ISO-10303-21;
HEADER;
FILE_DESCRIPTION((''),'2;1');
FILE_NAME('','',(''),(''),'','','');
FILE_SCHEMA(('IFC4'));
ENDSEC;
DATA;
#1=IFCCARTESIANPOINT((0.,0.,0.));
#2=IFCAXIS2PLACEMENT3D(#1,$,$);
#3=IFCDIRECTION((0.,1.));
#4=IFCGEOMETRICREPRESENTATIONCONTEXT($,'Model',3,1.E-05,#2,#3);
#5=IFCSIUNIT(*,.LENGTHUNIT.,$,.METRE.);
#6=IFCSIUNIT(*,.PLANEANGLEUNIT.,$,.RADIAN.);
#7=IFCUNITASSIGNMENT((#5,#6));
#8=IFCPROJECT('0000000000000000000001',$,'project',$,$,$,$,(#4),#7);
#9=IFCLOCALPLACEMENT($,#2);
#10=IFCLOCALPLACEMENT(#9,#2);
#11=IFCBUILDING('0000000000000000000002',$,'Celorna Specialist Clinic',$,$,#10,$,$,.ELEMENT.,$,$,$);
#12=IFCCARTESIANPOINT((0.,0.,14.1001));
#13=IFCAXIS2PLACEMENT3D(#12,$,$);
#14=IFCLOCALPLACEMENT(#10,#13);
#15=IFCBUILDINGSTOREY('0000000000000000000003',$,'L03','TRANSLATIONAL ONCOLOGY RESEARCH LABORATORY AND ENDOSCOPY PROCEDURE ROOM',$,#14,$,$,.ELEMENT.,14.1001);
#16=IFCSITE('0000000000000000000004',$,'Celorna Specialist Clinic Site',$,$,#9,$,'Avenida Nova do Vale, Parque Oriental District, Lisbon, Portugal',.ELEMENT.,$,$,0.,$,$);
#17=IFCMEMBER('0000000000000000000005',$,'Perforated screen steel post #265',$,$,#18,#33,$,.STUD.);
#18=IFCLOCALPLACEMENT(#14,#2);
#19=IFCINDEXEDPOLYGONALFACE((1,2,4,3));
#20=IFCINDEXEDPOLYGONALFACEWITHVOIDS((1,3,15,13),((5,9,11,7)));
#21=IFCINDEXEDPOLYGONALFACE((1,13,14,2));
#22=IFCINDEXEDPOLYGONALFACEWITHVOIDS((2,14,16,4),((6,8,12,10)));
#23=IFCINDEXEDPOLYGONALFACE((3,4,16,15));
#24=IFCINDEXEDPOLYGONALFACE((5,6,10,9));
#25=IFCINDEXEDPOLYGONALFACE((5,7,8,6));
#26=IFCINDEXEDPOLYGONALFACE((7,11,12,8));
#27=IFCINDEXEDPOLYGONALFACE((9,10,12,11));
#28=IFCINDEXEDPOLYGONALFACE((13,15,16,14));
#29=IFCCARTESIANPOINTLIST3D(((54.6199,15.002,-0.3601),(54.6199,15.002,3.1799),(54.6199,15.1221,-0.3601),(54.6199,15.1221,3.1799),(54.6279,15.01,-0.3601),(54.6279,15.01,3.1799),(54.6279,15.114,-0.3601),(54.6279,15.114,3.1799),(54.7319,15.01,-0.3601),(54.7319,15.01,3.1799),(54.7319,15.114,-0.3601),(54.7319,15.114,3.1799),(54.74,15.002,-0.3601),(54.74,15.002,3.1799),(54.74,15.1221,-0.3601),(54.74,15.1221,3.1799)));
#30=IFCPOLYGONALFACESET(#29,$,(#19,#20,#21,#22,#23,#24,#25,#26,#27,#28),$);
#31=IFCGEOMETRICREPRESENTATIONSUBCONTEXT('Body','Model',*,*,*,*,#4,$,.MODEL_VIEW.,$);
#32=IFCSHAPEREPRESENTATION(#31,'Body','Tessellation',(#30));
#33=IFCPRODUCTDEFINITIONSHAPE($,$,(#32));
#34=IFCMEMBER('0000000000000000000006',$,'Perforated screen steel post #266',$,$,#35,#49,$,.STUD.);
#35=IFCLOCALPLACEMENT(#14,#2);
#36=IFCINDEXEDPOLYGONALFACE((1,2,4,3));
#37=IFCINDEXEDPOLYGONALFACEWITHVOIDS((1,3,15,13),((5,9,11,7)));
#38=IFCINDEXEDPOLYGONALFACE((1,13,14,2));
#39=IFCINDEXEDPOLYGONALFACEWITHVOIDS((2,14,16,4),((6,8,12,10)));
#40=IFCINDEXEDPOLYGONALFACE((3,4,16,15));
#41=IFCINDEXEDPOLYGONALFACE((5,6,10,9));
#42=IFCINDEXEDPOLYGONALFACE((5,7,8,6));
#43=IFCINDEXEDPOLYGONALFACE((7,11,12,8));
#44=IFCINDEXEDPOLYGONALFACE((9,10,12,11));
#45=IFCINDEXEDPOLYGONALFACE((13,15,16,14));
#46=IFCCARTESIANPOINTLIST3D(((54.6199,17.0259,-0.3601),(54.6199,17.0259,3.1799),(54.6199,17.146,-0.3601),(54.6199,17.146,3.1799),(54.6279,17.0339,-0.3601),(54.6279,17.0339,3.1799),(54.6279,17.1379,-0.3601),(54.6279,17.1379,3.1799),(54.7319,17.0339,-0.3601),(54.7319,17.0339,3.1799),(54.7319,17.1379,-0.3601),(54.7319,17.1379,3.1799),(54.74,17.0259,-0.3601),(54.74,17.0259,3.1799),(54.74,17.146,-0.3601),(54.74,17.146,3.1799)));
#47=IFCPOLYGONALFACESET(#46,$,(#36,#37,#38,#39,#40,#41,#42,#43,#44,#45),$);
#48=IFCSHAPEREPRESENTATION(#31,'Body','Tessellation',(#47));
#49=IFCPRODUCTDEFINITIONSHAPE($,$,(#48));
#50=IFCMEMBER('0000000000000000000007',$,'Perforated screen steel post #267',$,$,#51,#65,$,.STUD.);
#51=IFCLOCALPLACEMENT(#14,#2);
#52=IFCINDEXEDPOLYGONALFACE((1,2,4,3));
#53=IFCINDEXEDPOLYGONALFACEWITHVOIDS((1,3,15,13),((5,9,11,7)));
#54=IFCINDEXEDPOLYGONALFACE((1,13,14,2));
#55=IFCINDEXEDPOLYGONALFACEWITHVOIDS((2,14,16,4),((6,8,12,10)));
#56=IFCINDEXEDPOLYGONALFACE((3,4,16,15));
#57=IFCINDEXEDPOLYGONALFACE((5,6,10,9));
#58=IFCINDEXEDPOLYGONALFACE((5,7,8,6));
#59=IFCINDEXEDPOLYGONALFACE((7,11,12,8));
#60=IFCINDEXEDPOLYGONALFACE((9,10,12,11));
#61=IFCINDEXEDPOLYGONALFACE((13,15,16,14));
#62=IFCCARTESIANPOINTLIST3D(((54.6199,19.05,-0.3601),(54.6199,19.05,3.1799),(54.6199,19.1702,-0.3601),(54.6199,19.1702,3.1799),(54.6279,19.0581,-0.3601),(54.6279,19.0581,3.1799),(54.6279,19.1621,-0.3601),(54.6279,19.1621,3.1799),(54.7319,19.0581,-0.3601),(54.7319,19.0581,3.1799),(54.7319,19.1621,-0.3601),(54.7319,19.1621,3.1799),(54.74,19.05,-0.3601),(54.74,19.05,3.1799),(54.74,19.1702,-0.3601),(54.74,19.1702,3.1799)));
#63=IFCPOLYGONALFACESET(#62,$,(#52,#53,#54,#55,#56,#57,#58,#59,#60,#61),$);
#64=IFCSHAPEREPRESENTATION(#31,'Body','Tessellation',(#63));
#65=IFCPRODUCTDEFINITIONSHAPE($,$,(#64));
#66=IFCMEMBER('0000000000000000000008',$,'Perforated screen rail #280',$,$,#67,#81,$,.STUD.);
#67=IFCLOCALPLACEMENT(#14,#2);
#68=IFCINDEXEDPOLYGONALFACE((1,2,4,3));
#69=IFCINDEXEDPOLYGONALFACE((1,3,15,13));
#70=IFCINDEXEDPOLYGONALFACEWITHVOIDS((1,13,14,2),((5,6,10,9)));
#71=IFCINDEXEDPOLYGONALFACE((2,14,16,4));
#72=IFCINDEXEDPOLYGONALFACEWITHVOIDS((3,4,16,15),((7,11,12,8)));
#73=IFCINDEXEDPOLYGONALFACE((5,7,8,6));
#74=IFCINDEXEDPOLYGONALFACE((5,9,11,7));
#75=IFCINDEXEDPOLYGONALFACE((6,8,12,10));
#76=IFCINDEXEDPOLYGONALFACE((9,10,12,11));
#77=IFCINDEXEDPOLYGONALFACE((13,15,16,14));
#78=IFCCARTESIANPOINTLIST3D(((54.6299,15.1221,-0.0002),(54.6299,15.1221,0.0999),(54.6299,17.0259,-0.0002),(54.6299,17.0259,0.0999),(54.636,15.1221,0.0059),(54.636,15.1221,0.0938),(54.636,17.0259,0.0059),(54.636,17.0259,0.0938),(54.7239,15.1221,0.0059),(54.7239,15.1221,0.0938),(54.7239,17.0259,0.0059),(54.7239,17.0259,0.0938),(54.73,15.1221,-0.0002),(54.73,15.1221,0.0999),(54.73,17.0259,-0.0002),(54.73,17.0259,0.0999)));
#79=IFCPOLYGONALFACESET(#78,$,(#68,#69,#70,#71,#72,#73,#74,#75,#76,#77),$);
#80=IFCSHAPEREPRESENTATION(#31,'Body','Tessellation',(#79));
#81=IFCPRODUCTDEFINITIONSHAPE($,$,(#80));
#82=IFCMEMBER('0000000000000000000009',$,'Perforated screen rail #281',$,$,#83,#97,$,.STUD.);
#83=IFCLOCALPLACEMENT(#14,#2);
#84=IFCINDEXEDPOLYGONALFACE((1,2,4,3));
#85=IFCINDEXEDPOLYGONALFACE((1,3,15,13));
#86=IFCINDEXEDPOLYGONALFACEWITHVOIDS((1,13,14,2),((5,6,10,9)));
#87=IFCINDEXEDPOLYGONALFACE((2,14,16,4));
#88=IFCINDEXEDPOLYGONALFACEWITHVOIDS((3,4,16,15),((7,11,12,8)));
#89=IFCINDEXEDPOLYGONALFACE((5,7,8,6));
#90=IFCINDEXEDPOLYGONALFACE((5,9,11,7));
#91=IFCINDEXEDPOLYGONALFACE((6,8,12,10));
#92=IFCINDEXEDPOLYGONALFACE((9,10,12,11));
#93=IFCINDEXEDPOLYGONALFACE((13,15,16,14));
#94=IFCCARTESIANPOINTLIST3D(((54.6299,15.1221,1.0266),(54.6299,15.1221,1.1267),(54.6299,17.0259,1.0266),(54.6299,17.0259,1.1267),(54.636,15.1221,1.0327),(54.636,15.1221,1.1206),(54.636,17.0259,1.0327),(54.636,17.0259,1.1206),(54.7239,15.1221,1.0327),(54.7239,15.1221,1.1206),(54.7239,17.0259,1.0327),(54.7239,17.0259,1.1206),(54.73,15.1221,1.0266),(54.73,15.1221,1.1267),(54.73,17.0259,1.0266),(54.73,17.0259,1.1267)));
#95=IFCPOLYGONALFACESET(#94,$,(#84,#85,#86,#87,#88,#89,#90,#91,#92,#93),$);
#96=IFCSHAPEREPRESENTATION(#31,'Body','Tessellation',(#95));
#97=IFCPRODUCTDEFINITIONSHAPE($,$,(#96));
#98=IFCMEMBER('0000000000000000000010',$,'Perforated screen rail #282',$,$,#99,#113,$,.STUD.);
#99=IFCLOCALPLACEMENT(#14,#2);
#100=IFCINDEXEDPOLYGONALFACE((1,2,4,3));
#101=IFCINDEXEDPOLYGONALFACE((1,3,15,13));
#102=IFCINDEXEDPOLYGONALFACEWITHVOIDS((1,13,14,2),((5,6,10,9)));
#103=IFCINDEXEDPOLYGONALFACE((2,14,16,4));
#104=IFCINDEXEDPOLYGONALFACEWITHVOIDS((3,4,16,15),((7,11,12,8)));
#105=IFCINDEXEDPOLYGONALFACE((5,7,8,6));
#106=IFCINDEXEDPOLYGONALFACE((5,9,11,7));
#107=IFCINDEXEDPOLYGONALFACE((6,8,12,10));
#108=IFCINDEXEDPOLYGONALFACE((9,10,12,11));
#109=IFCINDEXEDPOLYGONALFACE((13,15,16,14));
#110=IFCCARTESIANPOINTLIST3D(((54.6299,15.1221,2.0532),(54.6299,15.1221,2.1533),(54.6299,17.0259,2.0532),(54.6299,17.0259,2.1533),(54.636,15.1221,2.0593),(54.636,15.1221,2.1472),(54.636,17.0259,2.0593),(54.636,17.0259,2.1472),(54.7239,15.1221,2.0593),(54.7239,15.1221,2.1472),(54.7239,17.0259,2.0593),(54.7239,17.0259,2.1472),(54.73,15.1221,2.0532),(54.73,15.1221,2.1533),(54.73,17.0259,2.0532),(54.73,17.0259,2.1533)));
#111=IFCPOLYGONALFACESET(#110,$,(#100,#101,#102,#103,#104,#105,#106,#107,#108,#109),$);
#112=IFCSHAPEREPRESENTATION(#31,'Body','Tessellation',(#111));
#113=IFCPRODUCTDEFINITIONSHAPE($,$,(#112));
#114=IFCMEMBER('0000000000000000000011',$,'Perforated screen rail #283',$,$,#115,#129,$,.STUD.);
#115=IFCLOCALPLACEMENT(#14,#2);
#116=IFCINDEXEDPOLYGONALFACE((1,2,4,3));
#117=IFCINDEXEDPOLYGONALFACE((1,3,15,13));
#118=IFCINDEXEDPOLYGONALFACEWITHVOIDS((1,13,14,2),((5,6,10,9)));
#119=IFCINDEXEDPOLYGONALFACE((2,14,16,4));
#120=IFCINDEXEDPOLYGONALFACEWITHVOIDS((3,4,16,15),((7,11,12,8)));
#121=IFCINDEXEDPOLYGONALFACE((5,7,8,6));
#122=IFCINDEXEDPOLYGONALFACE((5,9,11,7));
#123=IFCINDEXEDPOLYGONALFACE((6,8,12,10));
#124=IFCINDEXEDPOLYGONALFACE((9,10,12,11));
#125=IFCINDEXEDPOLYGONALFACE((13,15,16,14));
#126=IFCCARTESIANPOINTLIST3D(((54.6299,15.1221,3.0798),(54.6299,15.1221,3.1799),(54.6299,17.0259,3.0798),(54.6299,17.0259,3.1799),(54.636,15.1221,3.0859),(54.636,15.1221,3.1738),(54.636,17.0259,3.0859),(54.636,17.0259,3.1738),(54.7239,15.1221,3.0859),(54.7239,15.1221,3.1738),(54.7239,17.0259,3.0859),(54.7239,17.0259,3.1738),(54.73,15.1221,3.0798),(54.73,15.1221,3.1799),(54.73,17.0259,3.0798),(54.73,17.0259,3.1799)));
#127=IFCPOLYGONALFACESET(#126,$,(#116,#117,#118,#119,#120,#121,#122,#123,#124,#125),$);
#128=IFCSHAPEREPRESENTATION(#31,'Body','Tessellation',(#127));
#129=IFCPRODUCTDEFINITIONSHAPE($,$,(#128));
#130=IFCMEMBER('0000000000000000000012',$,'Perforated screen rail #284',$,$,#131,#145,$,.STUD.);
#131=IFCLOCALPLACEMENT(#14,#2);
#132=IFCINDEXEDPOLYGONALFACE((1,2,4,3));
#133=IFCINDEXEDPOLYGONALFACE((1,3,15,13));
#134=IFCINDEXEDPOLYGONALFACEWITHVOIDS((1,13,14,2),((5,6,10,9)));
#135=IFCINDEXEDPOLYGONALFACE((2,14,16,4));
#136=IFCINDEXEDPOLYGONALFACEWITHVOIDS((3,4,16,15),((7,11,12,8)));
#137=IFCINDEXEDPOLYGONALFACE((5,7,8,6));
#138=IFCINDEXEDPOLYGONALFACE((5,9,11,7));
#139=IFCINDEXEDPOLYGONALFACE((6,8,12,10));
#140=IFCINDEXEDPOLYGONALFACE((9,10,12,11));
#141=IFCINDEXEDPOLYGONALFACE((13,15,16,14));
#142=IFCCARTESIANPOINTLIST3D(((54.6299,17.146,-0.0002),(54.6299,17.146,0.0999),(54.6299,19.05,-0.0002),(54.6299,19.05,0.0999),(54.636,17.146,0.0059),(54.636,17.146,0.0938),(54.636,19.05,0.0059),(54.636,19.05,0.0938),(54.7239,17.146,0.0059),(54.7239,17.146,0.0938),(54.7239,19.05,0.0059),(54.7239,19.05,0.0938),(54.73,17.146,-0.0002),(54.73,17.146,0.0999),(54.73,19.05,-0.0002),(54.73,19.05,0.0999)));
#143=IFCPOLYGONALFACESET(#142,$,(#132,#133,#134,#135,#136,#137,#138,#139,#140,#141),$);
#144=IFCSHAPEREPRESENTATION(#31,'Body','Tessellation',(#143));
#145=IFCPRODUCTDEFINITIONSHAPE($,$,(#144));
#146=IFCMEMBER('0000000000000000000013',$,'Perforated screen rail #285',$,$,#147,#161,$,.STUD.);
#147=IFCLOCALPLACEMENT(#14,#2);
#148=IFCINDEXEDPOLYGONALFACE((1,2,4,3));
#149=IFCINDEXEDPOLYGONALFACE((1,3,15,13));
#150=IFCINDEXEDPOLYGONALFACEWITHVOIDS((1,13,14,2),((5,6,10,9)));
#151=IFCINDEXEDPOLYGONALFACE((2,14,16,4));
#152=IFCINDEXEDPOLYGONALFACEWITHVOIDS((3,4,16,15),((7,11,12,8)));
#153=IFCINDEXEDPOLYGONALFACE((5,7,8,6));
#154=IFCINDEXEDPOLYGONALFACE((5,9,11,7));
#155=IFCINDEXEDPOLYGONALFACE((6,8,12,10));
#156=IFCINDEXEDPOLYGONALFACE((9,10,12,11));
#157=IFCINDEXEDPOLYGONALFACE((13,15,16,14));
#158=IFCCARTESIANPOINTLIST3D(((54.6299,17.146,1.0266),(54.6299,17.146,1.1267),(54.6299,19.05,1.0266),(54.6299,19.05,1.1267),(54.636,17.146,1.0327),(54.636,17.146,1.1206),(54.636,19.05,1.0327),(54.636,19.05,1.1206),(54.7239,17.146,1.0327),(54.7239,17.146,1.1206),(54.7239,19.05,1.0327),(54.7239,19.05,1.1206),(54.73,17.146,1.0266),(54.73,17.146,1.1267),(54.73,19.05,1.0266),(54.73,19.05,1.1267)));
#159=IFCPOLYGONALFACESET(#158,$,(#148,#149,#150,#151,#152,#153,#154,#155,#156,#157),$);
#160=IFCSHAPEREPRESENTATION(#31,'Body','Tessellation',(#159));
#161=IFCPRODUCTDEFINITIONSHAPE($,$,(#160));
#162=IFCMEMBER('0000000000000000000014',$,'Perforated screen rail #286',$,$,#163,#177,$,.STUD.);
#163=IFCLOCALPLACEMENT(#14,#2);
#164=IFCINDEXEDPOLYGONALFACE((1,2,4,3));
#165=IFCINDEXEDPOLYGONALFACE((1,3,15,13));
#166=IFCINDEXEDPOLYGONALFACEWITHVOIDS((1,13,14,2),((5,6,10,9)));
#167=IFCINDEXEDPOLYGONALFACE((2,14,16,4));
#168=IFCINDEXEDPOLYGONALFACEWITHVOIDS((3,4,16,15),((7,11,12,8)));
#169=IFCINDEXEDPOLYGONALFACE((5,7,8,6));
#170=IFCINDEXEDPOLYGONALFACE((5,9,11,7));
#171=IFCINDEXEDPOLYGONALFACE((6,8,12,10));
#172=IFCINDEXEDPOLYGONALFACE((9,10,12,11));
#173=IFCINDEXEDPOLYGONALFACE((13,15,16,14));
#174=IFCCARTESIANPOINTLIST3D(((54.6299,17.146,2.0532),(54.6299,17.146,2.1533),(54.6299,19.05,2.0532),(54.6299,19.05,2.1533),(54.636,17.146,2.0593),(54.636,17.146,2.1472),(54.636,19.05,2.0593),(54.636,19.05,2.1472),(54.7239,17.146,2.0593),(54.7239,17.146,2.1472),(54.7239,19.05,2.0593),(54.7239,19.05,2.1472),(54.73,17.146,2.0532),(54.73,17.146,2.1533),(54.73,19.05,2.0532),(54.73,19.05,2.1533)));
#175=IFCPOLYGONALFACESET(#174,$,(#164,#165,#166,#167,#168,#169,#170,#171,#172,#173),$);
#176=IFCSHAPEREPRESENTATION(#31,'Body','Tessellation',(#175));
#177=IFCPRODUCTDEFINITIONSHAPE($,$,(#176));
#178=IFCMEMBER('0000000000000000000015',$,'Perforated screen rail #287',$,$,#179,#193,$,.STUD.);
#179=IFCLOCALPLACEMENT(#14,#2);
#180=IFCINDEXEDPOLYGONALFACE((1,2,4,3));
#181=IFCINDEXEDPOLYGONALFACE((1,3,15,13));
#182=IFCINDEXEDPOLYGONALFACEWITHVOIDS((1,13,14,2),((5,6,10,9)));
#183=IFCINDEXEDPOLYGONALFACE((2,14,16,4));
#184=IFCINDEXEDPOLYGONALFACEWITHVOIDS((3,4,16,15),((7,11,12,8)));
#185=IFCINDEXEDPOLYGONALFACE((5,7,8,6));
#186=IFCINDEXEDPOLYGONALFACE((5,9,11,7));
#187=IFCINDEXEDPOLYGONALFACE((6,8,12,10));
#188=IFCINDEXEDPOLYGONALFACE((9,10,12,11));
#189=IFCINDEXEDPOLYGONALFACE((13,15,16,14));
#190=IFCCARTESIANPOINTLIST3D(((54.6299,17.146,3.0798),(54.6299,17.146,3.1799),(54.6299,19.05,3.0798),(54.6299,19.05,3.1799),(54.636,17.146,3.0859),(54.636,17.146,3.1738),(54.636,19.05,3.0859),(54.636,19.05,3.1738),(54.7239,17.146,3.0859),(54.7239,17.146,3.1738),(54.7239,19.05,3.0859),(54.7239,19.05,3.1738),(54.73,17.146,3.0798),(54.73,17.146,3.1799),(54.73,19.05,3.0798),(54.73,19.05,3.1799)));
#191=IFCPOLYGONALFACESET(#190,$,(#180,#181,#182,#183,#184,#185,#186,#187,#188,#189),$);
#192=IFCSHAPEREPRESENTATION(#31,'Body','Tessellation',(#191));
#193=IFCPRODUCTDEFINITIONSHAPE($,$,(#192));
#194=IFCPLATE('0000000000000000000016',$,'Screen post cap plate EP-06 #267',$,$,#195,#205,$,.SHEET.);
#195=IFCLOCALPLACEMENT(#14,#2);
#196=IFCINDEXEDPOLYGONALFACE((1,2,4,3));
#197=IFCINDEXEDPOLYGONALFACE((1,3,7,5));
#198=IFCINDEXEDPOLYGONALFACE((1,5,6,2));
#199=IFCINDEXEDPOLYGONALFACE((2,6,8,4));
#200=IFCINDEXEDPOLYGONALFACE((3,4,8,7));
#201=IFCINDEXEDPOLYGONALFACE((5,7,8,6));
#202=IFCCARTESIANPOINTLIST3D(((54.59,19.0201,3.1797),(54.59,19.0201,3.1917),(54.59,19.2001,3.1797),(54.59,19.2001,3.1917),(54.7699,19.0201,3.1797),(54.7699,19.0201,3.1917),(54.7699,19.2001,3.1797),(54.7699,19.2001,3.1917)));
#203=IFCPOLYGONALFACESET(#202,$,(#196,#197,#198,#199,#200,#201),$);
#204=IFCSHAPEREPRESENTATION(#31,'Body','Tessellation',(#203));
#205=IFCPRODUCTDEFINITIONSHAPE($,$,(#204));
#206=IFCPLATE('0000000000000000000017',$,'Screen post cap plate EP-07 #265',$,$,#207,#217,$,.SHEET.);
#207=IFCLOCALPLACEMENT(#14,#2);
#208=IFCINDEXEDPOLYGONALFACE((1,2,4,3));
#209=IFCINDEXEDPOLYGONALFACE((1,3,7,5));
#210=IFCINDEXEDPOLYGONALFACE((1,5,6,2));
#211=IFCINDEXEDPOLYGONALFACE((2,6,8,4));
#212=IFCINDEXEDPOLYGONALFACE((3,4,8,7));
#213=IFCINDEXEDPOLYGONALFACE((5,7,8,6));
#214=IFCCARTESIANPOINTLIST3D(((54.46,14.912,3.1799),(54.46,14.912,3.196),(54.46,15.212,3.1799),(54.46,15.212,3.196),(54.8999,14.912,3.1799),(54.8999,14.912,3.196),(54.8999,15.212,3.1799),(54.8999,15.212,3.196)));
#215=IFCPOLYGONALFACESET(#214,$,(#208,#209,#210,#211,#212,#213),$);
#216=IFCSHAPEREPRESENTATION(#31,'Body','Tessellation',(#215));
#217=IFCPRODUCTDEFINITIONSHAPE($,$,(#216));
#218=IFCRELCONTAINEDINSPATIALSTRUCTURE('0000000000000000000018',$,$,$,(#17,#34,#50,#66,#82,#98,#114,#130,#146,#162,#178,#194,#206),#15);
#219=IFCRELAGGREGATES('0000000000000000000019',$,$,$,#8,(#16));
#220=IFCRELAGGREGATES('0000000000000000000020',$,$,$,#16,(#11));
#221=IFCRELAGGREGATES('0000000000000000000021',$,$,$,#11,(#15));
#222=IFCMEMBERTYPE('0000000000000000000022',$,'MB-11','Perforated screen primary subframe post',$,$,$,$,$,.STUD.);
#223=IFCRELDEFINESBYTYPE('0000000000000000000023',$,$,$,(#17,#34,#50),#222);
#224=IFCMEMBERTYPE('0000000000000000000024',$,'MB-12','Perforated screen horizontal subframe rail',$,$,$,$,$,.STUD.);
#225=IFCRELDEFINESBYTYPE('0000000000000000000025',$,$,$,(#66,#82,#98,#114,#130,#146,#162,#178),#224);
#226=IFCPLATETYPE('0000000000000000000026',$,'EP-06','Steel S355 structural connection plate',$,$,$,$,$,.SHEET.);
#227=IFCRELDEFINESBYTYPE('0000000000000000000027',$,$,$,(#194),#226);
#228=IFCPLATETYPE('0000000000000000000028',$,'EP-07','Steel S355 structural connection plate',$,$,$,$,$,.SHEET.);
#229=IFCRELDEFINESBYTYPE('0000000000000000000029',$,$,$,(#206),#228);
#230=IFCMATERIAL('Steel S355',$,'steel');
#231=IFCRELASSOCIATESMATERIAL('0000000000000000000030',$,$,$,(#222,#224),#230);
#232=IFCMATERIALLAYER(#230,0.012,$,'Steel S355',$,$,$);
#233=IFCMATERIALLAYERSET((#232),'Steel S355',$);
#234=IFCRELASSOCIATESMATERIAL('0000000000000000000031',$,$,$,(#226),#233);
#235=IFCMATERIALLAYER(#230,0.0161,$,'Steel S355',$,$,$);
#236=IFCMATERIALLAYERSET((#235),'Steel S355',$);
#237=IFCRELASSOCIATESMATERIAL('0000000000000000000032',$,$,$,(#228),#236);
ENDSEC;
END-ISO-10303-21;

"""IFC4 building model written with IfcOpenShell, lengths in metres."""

from ifc_helpers import new_model, si_unit, direction, frame, origin, origin_2d, place, context, subcontext, project, spatial, rectangle, hollow_rectangle, extrude, material, layer, layer_set, material_profile, profile_set, type_object, element, save


model = new_model("IFC4")

# Units and contexts
model_context = context("Model", 3, precision=1e-05, world=origin(), true_north=direction((0.0, 1.0)))
body_context = subcontext(model_context, "Body", "Model", "MODEL_VIEW")
ifc_project = project(units=[si_unit("LENGTHUNIT", "METRE"), si_unit("PLANEANGLEUNIT", "RADIAN")], contexts=[model_context])

# Site, building, storey
site_placement = place(None, origin())
site = spatial("IfcSite", under=ifc_project, at=site_placement, Name="Celorna Specialist Clinic Site", LongName="Avenida Nova do Vale, Parque Oriental District, Lisbon, Portugal", CompositionType="ELEMENT", RefElevation=0.0)
building_placement = place(site_placement, origin())
building = spatial("IfcBuilding", under=site, at=building_placement, Name="Celorna Specialist Clinic", CompositionType="ELEMENT")
storey_placement = place(building_placement, frame((0.0, 0.0, 14.1001)))
storey = spatial("IfcBuildingStorey", under=building, at=storey_placement, Name="L03", Description="TRANSLATIONAL ONCOLOGY RESEARCH LABORATORY AND ENDOSCOPY PROCEDURE ROOM", CompositionType="ELEMENT", Elevation=14.1001)

# Members
ifc_material_1 = material(Name="Steel S355", Category="steel")
ifc_material_profile_1 = material_profile(ifc_material_1, hollow_rectangle(XDim=0.1201, YDim=0.1201, WallThickness=0.0081, at=origin_2d()), Name="SHS 120x120x8")
ifc_profile_set_1 = profile_set([ifc_material_profile_1], Name="Steel S355")
member_type_1 = type_object("IfcMemberType", Name="MB-11", Description="Perforated screen primary subframe post", PredefinedType="STUD", material=ifc_profile_set_1)
for number, where, z_axis, x_axis, name in (
    (1, (54.6799, 15.062, -0.3601), (0.0, 0.0, 1.0), (1.0, 0.0, 0.0), "Perforated screen steel post #265"),
    (2, (54.6799, 17.0859, -0.3601), (0.0, 0.0, 1.0), (1.0, 0.0, 0.0), "Perforated screen steel post #266"),
    (3, (54.6799, 19.1101, -0.3601), (0.0, 0.0, 1.0), (1.0, 0.0, 0.0), "Perforated screen steel post #267"),
):
    element("IfcMember", number, at=place(storey_placement, frame(where, z_axis=z_axis, x_axis=x_axis)), inside=storey, type_object=member_type_1, Name=name, PredefinedType="STUD", context=body_context, shape_type="SweptSolid", body=[
        extrude(hollow_rectangle(XDim=0.1201, YDim=0.1201, WallThickness=0.0081, at=origin_2d()), origin(), (0.0, 0.0, 1.0), 3.54),
    ])
ifc_material_profile_2 = material_profile(ifc_material_1, hollow_rectangle(XDim=0.1001, YDim=0.1001, WallThickness=0.0061, at=origin_2d()), Name="SHS 100x100x6")
ifc_profile_set_2 = profile_set([ifc_material_profile_2], Name="Steel S355")
member_type_2 = type_object("IfcMemberType", Name="MB-12", Description="Perforated screen horizontal subframe rail", PredefinedType="STUD", material=ifc_profile_set_2)
for number, where, z_axis, x_axis, name in (
    (4, (54.6799, 15.1221, 0.0498), (0.0, 1.0, 0.0), (-1.0, 0.0, 0.0), "Perforated screen rail #280"),
    (5, (54.6799, 15.1221, 1.0767), (0.0, 1.0, 0.0), (-1.0, 0.0, 0.0), "Perforated screen rail #281"),
    (6, (54.6799, 15.1221, 2.1033), (0.0, 1.0, 0.0), (-1.0, 0.0, 0.0), "Perforated screen rail #282"),
    (7, (54.6799, 15.1221, 3.1299), (0.0, 1.0, 0.0), (-1.0, 0.0, 0.0), "Perforated screen rail #283"),
):
    element("IfcMember", number, at=place(storey_placement, frame(where, z_axis=z_axis, x_axis=x_axis)), inside=storey, type_object=member_type_2, Name=name, PredefinedType="STUD", context=body_context, shape_type="SweptSolid", body=[
        extrude(hollow_rectangle(XDim=0.1001, YDim=0.1001, WallThickness=0.0061, at=origin_2d()), origin(), (0.0, 0.0, 1.0), 1.9038),
    ])
for number, where, z_axis, x_axis, name in (
    (8, (54.6799, 17.146, 0.0498), (0.0, 1.0, 0.0), (-1.0, 0.0, 0.0), "Perforated screen rail #284"),
    (9, (54.6799, 17.146, 1.0767), (0.0, 1.0, 0.0), (-1.0, 0.0, 0.0), "Perforated screen rail #285"),
    (10, (54.6799, 17.146, 2.1033), (0.0, 1.0, 0.0), (-1.0, 0.0, 0.0), "Perforated screen rail #286"),
    (11, (54.6799, 17.146, 3.1299), (0.0, 1.0, 0.0), (-1.0, 0.0, 0.0), "Perforated screen rail #287"),
):
    element("IfcMember", number, at=place(storey_placement, frame(where, z_axis=z_axis, x_axis=x_axis)), inside=storey, type_object=member_type_2, Name=name, PredefinedType="STUD", context=body_context, shape_type="SweptSolid", body=[
        extrude(hollow_rectangle(XDim=0.1001, YDim=0.1001, WallThickness=0.0061, at=origin_2d()), origin(), (0.0, 0.0, 1.0), 1.9041),
    ])

# Plates
ifc_layer_1 = layer(ifc_material_1, 0.012, Name="Steel S355")
ifc_layer_set_1 = layer_set([ifc_layer_1], Name="Steel S355")
plate_type_1 = type_object("IfcPlateType", Name="EP-06", Description="Steel S355 structural connection plate", PredefinedType="SHEET", material=ifc_layer_set_1)
plate_1_placement = place(storey_placement, frame((54.6799, 19.1101, 3.1797), z_axis=(0.0, 0.0, 1.0), x_axis=(0.0, 1.0, 0.0)))
element("IfcPlate", 12, at=plate_1_placement, inside=storey, type_object=plate_type_1, Name="Screen post cap plate EP-06 #267", PredefinedType="SHEET", context=body_context, shape_type="SweptSolid", body=[
    extrude(rectangle(XDim=0.1799, YDim=0.1799, at=origin_2d()), origin(), (0.0, 0.0, 1.0), 0.012),
])
ifc_layer_2 = layer(ifc_material_1, 0.0161, Name="Steel S355")
ifc_layer_set_2 = layer_set([ifc_layer_2], Name="Steel S355")
plate_type_2 = type_object("IfcPlateType", Name="EP-07", Description="Steel S355 structural connection plate", PredefinedType="SHEET", material=ifc_layer_set_2)
plate_2_placement = place(storey_placement, frame((54.6799, 15.062, 3.1799), z_axis=(0.0, 0.0, 1.0), x_axis=(0.0, 1.0, 0.0)))
element("IfcPlate", 13, at=plate_2_placement, inside=storey, type_object=plate_type_2, Name="Screen post cap plate EP-07 #265", PredefinedType="SHEET", context=body_context, shape_type="SweptSolid", body=[
    extrude(rectangle(XDim=0.3, YDim=0.4399, at=origin_2d()), origin(), (0.0, 0.0, 1.0), 0.0161),
])

save(model, "model.ifc")
